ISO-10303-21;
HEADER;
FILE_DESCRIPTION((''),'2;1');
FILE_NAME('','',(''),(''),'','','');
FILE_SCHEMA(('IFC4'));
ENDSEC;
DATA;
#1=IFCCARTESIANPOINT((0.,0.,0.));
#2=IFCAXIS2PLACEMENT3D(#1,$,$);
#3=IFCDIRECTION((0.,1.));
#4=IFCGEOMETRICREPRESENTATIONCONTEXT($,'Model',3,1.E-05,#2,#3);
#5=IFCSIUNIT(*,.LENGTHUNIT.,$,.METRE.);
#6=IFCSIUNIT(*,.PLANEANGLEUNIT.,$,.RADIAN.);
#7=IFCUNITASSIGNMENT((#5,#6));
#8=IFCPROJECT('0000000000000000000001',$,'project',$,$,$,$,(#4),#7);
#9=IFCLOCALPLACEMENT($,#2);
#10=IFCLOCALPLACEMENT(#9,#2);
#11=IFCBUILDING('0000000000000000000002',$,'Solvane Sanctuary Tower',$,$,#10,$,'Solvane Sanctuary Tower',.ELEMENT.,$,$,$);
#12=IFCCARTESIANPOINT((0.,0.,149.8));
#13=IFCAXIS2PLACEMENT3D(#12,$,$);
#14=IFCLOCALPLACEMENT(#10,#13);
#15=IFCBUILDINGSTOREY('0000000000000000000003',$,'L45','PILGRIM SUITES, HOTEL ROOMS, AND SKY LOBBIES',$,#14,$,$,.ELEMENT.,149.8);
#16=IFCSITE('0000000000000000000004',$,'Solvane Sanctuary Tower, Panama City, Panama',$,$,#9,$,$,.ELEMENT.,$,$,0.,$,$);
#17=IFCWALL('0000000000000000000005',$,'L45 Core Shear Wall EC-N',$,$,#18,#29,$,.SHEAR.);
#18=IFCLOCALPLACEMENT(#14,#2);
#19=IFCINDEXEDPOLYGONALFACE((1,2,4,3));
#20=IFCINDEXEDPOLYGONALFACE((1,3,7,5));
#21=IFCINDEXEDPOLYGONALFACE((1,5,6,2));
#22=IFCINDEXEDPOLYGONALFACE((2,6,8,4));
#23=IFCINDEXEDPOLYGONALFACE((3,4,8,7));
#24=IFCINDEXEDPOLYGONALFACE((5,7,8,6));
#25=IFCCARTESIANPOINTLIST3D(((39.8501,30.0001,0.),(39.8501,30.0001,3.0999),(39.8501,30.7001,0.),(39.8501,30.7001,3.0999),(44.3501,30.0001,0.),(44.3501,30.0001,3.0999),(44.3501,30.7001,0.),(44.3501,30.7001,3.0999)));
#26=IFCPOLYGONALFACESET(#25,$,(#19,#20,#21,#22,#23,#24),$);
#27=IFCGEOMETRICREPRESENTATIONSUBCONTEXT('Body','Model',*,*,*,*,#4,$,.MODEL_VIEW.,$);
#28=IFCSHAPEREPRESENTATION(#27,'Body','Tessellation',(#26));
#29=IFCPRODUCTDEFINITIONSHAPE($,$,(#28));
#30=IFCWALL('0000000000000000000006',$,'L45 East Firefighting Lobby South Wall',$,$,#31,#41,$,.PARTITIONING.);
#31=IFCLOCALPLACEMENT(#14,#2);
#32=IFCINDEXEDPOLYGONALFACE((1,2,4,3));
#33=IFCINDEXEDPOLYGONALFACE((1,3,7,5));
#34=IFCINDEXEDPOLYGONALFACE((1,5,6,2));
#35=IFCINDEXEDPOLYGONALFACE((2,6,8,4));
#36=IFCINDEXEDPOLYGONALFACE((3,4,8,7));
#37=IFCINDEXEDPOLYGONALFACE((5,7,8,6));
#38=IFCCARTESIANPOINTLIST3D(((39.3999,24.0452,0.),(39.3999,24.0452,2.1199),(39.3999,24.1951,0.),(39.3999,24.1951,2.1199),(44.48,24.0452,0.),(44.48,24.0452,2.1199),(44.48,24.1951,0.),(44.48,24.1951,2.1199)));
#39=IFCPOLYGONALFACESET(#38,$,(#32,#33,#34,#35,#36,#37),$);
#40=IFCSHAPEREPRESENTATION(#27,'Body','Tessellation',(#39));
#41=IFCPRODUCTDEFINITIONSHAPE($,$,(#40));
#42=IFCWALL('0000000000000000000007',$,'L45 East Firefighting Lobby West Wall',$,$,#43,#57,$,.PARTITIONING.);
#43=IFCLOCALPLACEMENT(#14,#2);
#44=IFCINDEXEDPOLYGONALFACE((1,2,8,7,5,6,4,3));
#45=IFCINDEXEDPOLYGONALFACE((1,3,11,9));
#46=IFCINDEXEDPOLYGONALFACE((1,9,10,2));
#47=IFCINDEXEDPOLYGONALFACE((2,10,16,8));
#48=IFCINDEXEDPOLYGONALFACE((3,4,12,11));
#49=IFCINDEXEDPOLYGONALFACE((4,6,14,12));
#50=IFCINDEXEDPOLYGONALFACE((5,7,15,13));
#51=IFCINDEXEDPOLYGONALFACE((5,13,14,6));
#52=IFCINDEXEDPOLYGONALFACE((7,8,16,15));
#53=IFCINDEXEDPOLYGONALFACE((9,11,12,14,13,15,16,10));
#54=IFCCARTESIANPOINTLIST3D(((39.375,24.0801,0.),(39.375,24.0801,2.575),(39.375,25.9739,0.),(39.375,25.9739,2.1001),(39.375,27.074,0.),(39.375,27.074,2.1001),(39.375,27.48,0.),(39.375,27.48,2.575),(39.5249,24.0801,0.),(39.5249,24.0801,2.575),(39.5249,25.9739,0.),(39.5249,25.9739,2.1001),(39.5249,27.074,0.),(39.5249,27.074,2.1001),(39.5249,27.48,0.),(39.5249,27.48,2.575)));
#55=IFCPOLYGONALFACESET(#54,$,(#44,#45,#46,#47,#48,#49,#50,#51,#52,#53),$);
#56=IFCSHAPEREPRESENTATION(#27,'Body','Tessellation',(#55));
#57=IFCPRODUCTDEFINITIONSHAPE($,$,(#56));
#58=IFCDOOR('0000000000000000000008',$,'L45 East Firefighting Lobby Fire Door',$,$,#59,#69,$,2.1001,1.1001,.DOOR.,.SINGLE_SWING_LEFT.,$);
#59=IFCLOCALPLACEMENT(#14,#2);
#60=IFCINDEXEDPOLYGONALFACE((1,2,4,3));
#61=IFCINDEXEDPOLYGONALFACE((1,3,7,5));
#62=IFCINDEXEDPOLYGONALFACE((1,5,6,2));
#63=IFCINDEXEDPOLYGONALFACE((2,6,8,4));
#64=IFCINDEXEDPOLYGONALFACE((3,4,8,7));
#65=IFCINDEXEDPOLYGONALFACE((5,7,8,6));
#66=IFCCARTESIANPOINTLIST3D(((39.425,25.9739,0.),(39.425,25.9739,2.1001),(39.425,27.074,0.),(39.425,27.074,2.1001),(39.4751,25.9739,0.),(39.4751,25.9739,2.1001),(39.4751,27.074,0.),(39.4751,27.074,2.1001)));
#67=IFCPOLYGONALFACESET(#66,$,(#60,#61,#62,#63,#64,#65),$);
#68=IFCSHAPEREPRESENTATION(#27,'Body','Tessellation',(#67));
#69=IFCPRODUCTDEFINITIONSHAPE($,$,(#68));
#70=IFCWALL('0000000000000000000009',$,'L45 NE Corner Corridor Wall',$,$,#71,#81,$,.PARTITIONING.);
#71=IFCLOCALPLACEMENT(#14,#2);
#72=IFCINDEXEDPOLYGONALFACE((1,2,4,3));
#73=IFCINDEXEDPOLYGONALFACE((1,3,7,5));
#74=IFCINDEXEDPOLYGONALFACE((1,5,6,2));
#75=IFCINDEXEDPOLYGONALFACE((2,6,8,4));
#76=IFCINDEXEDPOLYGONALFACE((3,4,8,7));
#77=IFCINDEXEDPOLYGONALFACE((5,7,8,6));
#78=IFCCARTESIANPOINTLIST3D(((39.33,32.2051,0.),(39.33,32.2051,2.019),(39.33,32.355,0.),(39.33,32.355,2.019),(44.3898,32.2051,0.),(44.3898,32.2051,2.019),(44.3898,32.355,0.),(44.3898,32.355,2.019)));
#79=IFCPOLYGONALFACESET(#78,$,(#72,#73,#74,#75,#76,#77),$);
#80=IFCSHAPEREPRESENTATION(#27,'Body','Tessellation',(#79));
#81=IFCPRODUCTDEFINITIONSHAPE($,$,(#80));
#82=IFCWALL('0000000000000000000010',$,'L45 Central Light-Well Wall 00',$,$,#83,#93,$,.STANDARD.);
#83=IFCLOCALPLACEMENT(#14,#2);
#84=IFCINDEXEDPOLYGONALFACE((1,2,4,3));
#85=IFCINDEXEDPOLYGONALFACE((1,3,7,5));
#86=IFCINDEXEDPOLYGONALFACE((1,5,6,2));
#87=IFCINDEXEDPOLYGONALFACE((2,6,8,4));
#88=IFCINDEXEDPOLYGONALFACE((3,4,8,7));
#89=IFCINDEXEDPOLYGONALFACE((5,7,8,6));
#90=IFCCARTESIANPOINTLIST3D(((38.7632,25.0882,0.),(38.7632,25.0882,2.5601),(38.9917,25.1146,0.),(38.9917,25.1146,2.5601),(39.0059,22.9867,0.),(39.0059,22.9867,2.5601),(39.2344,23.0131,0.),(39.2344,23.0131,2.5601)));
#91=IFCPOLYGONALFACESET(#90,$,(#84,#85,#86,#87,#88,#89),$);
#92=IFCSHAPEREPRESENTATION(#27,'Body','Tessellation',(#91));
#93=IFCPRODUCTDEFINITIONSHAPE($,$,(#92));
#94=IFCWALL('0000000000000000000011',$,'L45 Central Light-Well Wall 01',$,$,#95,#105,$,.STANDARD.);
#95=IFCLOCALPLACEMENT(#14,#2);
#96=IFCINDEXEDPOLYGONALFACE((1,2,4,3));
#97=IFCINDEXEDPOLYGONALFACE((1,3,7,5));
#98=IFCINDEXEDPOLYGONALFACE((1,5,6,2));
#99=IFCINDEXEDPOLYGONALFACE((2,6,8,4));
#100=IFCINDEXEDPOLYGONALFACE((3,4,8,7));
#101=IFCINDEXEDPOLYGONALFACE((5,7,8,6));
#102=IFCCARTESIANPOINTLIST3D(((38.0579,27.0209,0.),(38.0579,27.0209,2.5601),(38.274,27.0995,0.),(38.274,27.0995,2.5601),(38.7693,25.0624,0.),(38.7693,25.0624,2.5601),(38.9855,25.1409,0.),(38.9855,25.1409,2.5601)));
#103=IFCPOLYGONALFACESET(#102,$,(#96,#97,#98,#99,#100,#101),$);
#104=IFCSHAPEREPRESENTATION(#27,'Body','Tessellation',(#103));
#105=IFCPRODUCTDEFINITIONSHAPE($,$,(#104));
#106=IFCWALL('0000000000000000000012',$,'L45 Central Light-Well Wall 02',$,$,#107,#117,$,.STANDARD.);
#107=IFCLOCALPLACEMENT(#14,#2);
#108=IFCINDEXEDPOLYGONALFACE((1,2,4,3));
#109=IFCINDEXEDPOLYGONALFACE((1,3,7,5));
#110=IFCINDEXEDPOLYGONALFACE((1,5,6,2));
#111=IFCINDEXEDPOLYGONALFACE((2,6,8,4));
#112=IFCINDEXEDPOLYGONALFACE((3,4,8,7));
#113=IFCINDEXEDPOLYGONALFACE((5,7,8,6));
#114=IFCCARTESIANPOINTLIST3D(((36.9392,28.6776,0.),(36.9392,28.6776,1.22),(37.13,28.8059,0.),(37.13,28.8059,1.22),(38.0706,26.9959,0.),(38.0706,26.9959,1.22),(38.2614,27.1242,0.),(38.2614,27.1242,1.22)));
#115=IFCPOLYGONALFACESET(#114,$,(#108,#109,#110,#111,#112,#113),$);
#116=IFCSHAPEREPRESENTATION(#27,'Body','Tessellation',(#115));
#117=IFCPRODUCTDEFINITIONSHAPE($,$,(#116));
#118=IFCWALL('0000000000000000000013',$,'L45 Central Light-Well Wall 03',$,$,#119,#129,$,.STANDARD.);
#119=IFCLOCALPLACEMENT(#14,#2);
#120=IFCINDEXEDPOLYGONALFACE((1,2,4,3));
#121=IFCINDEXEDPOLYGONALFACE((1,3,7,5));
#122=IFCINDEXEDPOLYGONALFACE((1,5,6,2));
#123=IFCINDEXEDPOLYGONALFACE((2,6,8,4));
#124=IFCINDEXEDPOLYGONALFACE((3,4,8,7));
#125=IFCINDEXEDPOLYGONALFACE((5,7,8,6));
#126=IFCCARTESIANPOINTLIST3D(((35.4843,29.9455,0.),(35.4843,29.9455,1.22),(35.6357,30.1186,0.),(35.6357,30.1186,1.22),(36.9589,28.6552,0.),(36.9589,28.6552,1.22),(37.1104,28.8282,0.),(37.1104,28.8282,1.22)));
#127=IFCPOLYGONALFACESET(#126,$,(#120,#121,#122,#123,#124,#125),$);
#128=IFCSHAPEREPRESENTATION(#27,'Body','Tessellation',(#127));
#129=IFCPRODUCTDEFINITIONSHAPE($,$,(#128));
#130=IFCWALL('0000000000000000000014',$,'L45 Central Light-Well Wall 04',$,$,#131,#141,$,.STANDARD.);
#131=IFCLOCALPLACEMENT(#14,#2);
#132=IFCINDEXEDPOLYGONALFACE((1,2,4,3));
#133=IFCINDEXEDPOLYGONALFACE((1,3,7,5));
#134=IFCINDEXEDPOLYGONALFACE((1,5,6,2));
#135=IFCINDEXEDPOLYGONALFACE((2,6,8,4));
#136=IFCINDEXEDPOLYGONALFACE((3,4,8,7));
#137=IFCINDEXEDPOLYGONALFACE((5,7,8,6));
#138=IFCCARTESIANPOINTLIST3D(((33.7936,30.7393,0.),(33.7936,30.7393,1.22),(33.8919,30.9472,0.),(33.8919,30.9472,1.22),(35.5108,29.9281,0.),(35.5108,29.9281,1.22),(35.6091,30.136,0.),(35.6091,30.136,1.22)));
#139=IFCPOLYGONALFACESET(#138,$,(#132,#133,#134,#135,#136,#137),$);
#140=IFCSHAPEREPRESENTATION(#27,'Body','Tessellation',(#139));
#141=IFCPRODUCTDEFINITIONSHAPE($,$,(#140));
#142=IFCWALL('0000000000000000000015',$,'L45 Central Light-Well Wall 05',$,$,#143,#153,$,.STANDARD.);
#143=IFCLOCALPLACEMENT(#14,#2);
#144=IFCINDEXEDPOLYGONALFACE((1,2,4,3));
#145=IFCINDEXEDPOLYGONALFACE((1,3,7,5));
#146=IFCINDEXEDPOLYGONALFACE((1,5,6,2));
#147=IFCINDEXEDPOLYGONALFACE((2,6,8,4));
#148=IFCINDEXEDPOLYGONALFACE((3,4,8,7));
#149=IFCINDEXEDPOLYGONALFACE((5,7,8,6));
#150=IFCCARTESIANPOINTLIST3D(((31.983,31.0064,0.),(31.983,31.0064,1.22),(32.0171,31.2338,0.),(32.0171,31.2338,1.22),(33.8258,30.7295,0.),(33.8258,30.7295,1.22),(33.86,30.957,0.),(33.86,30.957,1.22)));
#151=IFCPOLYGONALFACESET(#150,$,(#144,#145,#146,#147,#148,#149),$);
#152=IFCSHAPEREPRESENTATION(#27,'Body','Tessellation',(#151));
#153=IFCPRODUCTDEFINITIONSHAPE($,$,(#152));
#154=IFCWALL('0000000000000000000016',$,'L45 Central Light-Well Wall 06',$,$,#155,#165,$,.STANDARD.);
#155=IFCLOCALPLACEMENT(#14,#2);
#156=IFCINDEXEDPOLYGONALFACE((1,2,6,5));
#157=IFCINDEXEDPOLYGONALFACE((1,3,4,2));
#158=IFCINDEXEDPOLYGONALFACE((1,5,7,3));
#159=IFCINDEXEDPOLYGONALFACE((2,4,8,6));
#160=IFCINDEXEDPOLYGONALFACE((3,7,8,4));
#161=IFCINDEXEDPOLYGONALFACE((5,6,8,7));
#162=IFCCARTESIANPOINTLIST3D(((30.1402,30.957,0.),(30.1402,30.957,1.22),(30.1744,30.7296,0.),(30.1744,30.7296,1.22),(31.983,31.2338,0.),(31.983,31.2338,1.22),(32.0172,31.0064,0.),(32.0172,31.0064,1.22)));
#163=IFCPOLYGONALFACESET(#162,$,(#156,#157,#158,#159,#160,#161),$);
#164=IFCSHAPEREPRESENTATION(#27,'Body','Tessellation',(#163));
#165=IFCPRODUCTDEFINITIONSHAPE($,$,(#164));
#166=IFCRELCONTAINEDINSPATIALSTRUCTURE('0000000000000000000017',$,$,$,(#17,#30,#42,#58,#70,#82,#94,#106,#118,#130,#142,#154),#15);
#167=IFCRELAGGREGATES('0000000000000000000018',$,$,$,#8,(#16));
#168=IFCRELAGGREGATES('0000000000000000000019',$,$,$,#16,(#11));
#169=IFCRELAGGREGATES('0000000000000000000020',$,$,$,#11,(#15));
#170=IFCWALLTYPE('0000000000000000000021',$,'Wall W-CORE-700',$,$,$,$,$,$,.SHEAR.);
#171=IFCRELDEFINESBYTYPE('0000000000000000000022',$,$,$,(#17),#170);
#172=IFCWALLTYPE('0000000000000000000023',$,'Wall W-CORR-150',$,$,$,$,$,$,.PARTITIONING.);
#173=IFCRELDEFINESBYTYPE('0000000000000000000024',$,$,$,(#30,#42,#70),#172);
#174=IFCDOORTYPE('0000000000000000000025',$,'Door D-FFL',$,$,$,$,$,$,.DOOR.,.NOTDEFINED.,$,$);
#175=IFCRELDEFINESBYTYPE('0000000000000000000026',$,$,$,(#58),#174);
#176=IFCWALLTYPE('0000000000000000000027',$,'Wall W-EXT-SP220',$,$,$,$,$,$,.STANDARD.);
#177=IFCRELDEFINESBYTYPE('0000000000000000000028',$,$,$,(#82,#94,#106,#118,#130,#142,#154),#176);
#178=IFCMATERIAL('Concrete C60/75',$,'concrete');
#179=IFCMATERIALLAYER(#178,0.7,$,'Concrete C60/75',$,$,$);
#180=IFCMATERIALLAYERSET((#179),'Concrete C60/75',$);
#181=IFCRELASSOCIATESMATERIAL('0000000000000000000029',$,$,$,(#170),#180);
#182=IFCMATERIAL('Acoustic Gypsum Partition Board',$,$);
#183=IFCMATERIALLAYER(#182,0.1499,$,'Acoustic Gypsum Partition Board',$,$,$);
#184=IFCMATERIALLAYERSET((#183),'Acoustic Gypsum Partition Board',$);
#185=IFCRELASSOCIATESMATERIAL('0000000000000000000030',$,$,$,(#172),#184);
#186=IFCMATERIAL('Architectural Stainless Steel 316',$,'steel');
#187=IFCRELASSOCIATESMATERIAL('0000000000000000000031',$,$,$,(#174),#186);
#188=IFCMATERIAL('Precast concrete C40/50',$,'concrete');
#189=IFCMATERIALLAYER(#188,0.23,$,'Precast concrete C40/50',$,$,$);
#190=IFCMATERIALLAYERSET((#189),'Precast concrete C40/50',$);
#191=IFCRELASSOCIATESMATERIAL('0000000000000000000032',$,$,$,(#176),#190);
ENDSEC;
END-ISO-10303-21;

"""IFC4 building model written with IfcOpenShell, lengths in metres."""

from ifc_helpers import new_model, si_unit, direction, frame, frame_2d, origin, place, context, subcontext, project, spatial, rectangle, extrude, material, layer, layer_set, type_object, element, fill, save


model = new_model("IFC4")

# Units and contexts
model_context = context("Model", 3, precision=1e-05, world=origin(), true_north=direction((0.0, 1.0)))
body_context = subcontext(model_context, "Body", "Model", "MODEL_VIEW")
ifc_project = project(units=[si_unit("LENGTHUNIT", "METRE"), si_unit("PLANEANGLEUNIT", "RADIAN")], contexts=[model_context])

# Site, building, storey
site_placement = place(None, origin())
site = spatial("IfcSite", under=ifc_project, at=site_placement, Name="Solvane Sanctuary Tower, Panama City, Panama", CompositionType="ELEMENT", RefElevation=0.0)
building_placement = place(site_placement, origin())
building = spatial("IfcBuilding", under=site, at=building_placement, Name="Solvane Sanctuary Tower", LongName="Solvane Sanctuary Tower", CompositionType="ELEMENT")
storey_placement = place(building_placement, frame((0.0, 0.0, 149.8)))
storey = spatial("IfcBuildingStorey", under=building, at=storey_placement, Name="L45", Description="PILGRIM SUITES, HOTEL ROOMS, AND SKY LOBBIES", CompositionType="ELEMENT", Elevation=149.8)

# Walls
ifc_material_1 = material(Name="Concrete C60/75", Category="concrete")
ifc_layer_1 = layer(ifc_material_1, 0.7, Name="Concrete C60/75")
ifc_layer_set_1 = layer_set([ifc_layer_1], Name="Concrete C60/75")
wall_type_1 = type_object("IfcWallType", Name="Wall W-CORE-700", PredefinedType="SHEAR", material=ifc_layer_set_1)
wall_1_placement = place(storey_placement, frame((39.8501, 30.3501, 0.0), z_axis=(0.0, 0.0, 1.0), x_axis=(1.0, 0.0, 0.0)))
element("IfcWall", 1, at=wall_1_placement, inside=storey, type_object=wall_type_1, Name="L45 Core Shear Wall EC-N", PredefinedType="SHEAR", context=body_context, shape_type="SweptSolid", body=[
    extrude(rectangle(XDim=4.5, YDim=0.7, at=frame_2d((2.25, 0.0))), origin(), (0.0, 0.0, 1.0), 3.0999),
])
ifc_material_2 = material(Name="Acoustic Gypsum Partition Board")
ifc_layer_2 = layer(ifc_material_2, 0.1499, Name="Acoustic Gypsum Partition Board")
ifc_layer_set_2 = layer_set([ifc_layer_2], Name="Acoustic Gypsum Partition Board")
wall_type_2 = type_object("IfcWallType", Name="Wall W-CORR-150", PredefinedType="PARTITIONING", material=ifc_layer_set_2)
wall_2_placement = place(storey_placement, frame((39.3999, 24.1201, 0.0), z_axis=(0.0, 0.0, 1.0), x_axis=(1.0, 0.0, 0.0)))
element("IfcWall", 2, at=wall_2_placement, inside=storey, type_object=wall_type_2, Name="L45 East Firefighting Lobby South Wall", PredefinedType="PARTITIONING", context=body_context, shape_type="SweptSolid", body=[
    extrude(rectangle(XDim=5.0801, YDim=0.1499, at=frame_2d((2.54, 0.0))), origin(), (0.0, 0.0, 1.0), 2.1199),
])

# Wall, opening, door
wall_3_placement = place(storey_placement, frame((39.45, 24.0801, 0.0), z_axis=(0.0, 0.0, 1.0), x_axis=(0.0, 1.0, 0.0)))
wall_3 = element("IfcWall", 3, at=wall_3_placement, inside=storey, type_object=wall_type_2, Name="L45 East Firefighting Lobby West Wall", PredefinedType="PARTITIONING", context=body_context, shape_type="SweptSolid", body=[
    extrude(rectangle(XDim=3.3999, YDim=0.1499, at=frame_2d((1.7, 0.0))), origin(), (0.0, 0.0, 1.0), 2.575),
])
opening_placement = place(wall_3_placement, frame((1.8938, 0.0, 0.0)))
opening = element("IfcOpeningElement", 4, at=opening_placement, cuts=wall_3, PredefinedType="OPENING", context=body_context, shape_type="SweptSolid", body=[
    extrude(rectangle(XDim=1.1001, YDim=2.1001, at=frame_2d((0.55, 1.05))), frame((0.0, 0.085, 0.0), z_axis=(0.0, -1.0, 0.0), x_axis=(1.0, 0.0, 0.0)), (0.0, 0.0, 1.0), 0.1699),
])
ifc_material_3 = material(Name="Architectural Stainless Steel 316", Category="steel")
door_type = type_object("IfcDoorType", Name="Door D-FFL", OperationType="NOTDEFINED", PredefinedType="DOOR", material=ifc_material_3)
door_placement = place(opening_placement, origin())
door = element("IfcDoor", 5, at=door_placement, inside=storey, type_object=door_type, Name="L45 East Firefighting Lobby Fire Door", OperationType="SINGLE_SWING_LEFT", OverallHeight=2.1001, OverallWidth=1.1001, PredefinedType="DOOR", context=body_context, shape_type="SweptSolid", body=[
    extrude(rectangle(XDim=1.1001, YDim=2.1001, at=frame_2d((0.55, 1.05))), frame((0.0, 0.0249, 0.0), z_axis=(0.0, -1.0, 0.0), x_axis=(1.0, 0.0, 0.0)), (0.0, 0.0, 1.0), 0.05),
])
fill(opening, door)

# Walls
wall_4_placement = place(storey_placement, frame((39.3301, 32.28, 0.0), z_axis=(0.0, 0.0, 1.0), x_axis=(1.0, 0.0, 0.0)))
element("IfcWall", 6, at=wall_4_placement, inside=storey, type_object=wall_type_2, Name="L45 NE Corner Corridor Wall", PredefinedType="PARTITIONING", context=body_context, shape_type="SweptSolid", body=[
    extrude(rectangle(XDim=5.0598, YDim=0.1499, at=frame_2d((2.5298, 0.0))), origin(), (0.0, 0.0, 1.0), 2.019),
])
ifc_material_4 = material(Name="Precast concrete C40/50", Category="concrete")
ifc_layer_3 = layer(ifc_material_4, 0.23, Name="Precast concrete C40/50")
ifc_layer_set_3 = layer_set([ifc_layer_3], Name="Precast concrete C40/50")
wall_type_3 = type_object("IfcWallType", Name="Wall W-EXT-SP220", PredefinedType="STANDARD", material=ifc_layer_set_3)
wall_5_placement = place(storey_placement, frame((39.1201, 23.0, 0.0), z_axis=(0.0, 0.0, 1.0), x_axis=(-0.114712, 0.993399, 0.0)))
element("IfcWall", 7, at=wall_5_placement, inside=storey, type_object=wall_type_3, Name="L45 Central Light-Well Wall 00", PredefinedType="STANDARD", context=body_context, shape_type="SweptSolid", body=[
    extrude(rectangle(XDim=2.1155, YDim=0.23, at=frame_2d((1.0576, 0.0))), origin(), (0.0, 0.0, 1.0), 2.5601),
])
wall_6_placement = place(storey_placement, frame((38.8774, 25.1016, 0.0), z_axis=(0.0, 0.0, 1.0), x_axis=(-0.341423, 0.93991, 0.0)))
element("IfcWall", 8, at=wall_6_placement, inside=storey, type_object=wall_type_3, Name="L45 Central Light-Well Wall 01", PredefinedType="STANDARD", context=body_context, shape_type="SweptSolid", body=[
    extrude(rectangle(XDim=2.0837, YDim=0.23, at=frame_2d((1.042, 0.0))), origin(), (0.0, 0.0, 1.0), 2.5601),
])
wall_7_placement = place(storey_placement, frame((38.166, 27.0601, 0.0), z_axis=(0.0, 0.0, 1.0), x_axis=(-0.558198, 0.829708, 0.0)))
element("IfcWall", 9, at=wall_7_placement, inside=storey, type_object=wall_type_3, Name="L45 Central Light-Well Wall 02", PredefinedType="STANDARD", context=body_context, shape_type="SweptSolid", body=[
    extrude(rectangle(XDim=2.0269, YDim=0.23, at=frame_2d((1.0134, 0.0))), origin(), (0.0, 0.0, 1.0), 1.22),
])
wall_8_placement = place(storey_placement, frame((37.0347, 28.7417, 0.0), z_axis=(0.0, 0.0, 1.0), x_axis=(-0.752577, 0.658505, 0.0)))
element("IfcWall", 10, at=wall_8_placement, inside=storey, type_object=wall_type_3, Name="L45 Central Light-Well Wall 03", PredefinedType="STANDARD", context=body_context, shape_type="SweptSolid", body=[
    extrude(rectangle(XDim=1.9595, YDim=0.23, at=frame_2d((0.9797, 0.0))), origin(), (0.0, 0.0, 1.0), 1.22),
])
wall_9_placement = place(storey_placement, frame((35.5601, 30.032, 0.0), z_axis=(0.0, 0.0, 1.0), x_axis=(-0.90418, 0.427152, 0.0)))
element("IfcWall", 11, at=wall_9_placement, inside=storey, type_object=wall_type_3, Name="L45 Central Light-Well Wall 04", PredefinedType="STANDARD", context=body_context, shape_type="SweptSolid", body=[
    extrude(rectangle(XDim=1.8992, YDim=0.23, at=frame_2d((0.9497, 0.0))), origin(), (0.0, 0.0, 1.0), 1.22),
])
for number, where, z_axis, x_axis, name in (
    (12, (33.8428, 30.8433, 0.0), (0.0, 0.0, 1.0), (-0.988902, 0.148571, 0.0), "L45 Central Light-Well Wall 05"),
    (13, (32.0, 31.1201, 0.0), (0.0, 0.0, 1.0), (-0.988902, -0.148571, 0.0), "L45 Central Light-Well Wall 06"),
):
    element("IfcWall", number, at=place(storey_placement, frame(where, z_axis=z_axis, x_axis=x_axis)), inside=storey, type_object=wall_type_3, Name=name, PredefinedType="STANDARD", context=body_context, shape_type="SweptSolid", body=[
        extrude(rectangle(XDim=1.8635, YDim=0.23, at=frame_2d((0.9316, 0.0))), origin(), (0.0, 0.0, 1.0), 1.22),
    ])

save(model, "model.ifc")
